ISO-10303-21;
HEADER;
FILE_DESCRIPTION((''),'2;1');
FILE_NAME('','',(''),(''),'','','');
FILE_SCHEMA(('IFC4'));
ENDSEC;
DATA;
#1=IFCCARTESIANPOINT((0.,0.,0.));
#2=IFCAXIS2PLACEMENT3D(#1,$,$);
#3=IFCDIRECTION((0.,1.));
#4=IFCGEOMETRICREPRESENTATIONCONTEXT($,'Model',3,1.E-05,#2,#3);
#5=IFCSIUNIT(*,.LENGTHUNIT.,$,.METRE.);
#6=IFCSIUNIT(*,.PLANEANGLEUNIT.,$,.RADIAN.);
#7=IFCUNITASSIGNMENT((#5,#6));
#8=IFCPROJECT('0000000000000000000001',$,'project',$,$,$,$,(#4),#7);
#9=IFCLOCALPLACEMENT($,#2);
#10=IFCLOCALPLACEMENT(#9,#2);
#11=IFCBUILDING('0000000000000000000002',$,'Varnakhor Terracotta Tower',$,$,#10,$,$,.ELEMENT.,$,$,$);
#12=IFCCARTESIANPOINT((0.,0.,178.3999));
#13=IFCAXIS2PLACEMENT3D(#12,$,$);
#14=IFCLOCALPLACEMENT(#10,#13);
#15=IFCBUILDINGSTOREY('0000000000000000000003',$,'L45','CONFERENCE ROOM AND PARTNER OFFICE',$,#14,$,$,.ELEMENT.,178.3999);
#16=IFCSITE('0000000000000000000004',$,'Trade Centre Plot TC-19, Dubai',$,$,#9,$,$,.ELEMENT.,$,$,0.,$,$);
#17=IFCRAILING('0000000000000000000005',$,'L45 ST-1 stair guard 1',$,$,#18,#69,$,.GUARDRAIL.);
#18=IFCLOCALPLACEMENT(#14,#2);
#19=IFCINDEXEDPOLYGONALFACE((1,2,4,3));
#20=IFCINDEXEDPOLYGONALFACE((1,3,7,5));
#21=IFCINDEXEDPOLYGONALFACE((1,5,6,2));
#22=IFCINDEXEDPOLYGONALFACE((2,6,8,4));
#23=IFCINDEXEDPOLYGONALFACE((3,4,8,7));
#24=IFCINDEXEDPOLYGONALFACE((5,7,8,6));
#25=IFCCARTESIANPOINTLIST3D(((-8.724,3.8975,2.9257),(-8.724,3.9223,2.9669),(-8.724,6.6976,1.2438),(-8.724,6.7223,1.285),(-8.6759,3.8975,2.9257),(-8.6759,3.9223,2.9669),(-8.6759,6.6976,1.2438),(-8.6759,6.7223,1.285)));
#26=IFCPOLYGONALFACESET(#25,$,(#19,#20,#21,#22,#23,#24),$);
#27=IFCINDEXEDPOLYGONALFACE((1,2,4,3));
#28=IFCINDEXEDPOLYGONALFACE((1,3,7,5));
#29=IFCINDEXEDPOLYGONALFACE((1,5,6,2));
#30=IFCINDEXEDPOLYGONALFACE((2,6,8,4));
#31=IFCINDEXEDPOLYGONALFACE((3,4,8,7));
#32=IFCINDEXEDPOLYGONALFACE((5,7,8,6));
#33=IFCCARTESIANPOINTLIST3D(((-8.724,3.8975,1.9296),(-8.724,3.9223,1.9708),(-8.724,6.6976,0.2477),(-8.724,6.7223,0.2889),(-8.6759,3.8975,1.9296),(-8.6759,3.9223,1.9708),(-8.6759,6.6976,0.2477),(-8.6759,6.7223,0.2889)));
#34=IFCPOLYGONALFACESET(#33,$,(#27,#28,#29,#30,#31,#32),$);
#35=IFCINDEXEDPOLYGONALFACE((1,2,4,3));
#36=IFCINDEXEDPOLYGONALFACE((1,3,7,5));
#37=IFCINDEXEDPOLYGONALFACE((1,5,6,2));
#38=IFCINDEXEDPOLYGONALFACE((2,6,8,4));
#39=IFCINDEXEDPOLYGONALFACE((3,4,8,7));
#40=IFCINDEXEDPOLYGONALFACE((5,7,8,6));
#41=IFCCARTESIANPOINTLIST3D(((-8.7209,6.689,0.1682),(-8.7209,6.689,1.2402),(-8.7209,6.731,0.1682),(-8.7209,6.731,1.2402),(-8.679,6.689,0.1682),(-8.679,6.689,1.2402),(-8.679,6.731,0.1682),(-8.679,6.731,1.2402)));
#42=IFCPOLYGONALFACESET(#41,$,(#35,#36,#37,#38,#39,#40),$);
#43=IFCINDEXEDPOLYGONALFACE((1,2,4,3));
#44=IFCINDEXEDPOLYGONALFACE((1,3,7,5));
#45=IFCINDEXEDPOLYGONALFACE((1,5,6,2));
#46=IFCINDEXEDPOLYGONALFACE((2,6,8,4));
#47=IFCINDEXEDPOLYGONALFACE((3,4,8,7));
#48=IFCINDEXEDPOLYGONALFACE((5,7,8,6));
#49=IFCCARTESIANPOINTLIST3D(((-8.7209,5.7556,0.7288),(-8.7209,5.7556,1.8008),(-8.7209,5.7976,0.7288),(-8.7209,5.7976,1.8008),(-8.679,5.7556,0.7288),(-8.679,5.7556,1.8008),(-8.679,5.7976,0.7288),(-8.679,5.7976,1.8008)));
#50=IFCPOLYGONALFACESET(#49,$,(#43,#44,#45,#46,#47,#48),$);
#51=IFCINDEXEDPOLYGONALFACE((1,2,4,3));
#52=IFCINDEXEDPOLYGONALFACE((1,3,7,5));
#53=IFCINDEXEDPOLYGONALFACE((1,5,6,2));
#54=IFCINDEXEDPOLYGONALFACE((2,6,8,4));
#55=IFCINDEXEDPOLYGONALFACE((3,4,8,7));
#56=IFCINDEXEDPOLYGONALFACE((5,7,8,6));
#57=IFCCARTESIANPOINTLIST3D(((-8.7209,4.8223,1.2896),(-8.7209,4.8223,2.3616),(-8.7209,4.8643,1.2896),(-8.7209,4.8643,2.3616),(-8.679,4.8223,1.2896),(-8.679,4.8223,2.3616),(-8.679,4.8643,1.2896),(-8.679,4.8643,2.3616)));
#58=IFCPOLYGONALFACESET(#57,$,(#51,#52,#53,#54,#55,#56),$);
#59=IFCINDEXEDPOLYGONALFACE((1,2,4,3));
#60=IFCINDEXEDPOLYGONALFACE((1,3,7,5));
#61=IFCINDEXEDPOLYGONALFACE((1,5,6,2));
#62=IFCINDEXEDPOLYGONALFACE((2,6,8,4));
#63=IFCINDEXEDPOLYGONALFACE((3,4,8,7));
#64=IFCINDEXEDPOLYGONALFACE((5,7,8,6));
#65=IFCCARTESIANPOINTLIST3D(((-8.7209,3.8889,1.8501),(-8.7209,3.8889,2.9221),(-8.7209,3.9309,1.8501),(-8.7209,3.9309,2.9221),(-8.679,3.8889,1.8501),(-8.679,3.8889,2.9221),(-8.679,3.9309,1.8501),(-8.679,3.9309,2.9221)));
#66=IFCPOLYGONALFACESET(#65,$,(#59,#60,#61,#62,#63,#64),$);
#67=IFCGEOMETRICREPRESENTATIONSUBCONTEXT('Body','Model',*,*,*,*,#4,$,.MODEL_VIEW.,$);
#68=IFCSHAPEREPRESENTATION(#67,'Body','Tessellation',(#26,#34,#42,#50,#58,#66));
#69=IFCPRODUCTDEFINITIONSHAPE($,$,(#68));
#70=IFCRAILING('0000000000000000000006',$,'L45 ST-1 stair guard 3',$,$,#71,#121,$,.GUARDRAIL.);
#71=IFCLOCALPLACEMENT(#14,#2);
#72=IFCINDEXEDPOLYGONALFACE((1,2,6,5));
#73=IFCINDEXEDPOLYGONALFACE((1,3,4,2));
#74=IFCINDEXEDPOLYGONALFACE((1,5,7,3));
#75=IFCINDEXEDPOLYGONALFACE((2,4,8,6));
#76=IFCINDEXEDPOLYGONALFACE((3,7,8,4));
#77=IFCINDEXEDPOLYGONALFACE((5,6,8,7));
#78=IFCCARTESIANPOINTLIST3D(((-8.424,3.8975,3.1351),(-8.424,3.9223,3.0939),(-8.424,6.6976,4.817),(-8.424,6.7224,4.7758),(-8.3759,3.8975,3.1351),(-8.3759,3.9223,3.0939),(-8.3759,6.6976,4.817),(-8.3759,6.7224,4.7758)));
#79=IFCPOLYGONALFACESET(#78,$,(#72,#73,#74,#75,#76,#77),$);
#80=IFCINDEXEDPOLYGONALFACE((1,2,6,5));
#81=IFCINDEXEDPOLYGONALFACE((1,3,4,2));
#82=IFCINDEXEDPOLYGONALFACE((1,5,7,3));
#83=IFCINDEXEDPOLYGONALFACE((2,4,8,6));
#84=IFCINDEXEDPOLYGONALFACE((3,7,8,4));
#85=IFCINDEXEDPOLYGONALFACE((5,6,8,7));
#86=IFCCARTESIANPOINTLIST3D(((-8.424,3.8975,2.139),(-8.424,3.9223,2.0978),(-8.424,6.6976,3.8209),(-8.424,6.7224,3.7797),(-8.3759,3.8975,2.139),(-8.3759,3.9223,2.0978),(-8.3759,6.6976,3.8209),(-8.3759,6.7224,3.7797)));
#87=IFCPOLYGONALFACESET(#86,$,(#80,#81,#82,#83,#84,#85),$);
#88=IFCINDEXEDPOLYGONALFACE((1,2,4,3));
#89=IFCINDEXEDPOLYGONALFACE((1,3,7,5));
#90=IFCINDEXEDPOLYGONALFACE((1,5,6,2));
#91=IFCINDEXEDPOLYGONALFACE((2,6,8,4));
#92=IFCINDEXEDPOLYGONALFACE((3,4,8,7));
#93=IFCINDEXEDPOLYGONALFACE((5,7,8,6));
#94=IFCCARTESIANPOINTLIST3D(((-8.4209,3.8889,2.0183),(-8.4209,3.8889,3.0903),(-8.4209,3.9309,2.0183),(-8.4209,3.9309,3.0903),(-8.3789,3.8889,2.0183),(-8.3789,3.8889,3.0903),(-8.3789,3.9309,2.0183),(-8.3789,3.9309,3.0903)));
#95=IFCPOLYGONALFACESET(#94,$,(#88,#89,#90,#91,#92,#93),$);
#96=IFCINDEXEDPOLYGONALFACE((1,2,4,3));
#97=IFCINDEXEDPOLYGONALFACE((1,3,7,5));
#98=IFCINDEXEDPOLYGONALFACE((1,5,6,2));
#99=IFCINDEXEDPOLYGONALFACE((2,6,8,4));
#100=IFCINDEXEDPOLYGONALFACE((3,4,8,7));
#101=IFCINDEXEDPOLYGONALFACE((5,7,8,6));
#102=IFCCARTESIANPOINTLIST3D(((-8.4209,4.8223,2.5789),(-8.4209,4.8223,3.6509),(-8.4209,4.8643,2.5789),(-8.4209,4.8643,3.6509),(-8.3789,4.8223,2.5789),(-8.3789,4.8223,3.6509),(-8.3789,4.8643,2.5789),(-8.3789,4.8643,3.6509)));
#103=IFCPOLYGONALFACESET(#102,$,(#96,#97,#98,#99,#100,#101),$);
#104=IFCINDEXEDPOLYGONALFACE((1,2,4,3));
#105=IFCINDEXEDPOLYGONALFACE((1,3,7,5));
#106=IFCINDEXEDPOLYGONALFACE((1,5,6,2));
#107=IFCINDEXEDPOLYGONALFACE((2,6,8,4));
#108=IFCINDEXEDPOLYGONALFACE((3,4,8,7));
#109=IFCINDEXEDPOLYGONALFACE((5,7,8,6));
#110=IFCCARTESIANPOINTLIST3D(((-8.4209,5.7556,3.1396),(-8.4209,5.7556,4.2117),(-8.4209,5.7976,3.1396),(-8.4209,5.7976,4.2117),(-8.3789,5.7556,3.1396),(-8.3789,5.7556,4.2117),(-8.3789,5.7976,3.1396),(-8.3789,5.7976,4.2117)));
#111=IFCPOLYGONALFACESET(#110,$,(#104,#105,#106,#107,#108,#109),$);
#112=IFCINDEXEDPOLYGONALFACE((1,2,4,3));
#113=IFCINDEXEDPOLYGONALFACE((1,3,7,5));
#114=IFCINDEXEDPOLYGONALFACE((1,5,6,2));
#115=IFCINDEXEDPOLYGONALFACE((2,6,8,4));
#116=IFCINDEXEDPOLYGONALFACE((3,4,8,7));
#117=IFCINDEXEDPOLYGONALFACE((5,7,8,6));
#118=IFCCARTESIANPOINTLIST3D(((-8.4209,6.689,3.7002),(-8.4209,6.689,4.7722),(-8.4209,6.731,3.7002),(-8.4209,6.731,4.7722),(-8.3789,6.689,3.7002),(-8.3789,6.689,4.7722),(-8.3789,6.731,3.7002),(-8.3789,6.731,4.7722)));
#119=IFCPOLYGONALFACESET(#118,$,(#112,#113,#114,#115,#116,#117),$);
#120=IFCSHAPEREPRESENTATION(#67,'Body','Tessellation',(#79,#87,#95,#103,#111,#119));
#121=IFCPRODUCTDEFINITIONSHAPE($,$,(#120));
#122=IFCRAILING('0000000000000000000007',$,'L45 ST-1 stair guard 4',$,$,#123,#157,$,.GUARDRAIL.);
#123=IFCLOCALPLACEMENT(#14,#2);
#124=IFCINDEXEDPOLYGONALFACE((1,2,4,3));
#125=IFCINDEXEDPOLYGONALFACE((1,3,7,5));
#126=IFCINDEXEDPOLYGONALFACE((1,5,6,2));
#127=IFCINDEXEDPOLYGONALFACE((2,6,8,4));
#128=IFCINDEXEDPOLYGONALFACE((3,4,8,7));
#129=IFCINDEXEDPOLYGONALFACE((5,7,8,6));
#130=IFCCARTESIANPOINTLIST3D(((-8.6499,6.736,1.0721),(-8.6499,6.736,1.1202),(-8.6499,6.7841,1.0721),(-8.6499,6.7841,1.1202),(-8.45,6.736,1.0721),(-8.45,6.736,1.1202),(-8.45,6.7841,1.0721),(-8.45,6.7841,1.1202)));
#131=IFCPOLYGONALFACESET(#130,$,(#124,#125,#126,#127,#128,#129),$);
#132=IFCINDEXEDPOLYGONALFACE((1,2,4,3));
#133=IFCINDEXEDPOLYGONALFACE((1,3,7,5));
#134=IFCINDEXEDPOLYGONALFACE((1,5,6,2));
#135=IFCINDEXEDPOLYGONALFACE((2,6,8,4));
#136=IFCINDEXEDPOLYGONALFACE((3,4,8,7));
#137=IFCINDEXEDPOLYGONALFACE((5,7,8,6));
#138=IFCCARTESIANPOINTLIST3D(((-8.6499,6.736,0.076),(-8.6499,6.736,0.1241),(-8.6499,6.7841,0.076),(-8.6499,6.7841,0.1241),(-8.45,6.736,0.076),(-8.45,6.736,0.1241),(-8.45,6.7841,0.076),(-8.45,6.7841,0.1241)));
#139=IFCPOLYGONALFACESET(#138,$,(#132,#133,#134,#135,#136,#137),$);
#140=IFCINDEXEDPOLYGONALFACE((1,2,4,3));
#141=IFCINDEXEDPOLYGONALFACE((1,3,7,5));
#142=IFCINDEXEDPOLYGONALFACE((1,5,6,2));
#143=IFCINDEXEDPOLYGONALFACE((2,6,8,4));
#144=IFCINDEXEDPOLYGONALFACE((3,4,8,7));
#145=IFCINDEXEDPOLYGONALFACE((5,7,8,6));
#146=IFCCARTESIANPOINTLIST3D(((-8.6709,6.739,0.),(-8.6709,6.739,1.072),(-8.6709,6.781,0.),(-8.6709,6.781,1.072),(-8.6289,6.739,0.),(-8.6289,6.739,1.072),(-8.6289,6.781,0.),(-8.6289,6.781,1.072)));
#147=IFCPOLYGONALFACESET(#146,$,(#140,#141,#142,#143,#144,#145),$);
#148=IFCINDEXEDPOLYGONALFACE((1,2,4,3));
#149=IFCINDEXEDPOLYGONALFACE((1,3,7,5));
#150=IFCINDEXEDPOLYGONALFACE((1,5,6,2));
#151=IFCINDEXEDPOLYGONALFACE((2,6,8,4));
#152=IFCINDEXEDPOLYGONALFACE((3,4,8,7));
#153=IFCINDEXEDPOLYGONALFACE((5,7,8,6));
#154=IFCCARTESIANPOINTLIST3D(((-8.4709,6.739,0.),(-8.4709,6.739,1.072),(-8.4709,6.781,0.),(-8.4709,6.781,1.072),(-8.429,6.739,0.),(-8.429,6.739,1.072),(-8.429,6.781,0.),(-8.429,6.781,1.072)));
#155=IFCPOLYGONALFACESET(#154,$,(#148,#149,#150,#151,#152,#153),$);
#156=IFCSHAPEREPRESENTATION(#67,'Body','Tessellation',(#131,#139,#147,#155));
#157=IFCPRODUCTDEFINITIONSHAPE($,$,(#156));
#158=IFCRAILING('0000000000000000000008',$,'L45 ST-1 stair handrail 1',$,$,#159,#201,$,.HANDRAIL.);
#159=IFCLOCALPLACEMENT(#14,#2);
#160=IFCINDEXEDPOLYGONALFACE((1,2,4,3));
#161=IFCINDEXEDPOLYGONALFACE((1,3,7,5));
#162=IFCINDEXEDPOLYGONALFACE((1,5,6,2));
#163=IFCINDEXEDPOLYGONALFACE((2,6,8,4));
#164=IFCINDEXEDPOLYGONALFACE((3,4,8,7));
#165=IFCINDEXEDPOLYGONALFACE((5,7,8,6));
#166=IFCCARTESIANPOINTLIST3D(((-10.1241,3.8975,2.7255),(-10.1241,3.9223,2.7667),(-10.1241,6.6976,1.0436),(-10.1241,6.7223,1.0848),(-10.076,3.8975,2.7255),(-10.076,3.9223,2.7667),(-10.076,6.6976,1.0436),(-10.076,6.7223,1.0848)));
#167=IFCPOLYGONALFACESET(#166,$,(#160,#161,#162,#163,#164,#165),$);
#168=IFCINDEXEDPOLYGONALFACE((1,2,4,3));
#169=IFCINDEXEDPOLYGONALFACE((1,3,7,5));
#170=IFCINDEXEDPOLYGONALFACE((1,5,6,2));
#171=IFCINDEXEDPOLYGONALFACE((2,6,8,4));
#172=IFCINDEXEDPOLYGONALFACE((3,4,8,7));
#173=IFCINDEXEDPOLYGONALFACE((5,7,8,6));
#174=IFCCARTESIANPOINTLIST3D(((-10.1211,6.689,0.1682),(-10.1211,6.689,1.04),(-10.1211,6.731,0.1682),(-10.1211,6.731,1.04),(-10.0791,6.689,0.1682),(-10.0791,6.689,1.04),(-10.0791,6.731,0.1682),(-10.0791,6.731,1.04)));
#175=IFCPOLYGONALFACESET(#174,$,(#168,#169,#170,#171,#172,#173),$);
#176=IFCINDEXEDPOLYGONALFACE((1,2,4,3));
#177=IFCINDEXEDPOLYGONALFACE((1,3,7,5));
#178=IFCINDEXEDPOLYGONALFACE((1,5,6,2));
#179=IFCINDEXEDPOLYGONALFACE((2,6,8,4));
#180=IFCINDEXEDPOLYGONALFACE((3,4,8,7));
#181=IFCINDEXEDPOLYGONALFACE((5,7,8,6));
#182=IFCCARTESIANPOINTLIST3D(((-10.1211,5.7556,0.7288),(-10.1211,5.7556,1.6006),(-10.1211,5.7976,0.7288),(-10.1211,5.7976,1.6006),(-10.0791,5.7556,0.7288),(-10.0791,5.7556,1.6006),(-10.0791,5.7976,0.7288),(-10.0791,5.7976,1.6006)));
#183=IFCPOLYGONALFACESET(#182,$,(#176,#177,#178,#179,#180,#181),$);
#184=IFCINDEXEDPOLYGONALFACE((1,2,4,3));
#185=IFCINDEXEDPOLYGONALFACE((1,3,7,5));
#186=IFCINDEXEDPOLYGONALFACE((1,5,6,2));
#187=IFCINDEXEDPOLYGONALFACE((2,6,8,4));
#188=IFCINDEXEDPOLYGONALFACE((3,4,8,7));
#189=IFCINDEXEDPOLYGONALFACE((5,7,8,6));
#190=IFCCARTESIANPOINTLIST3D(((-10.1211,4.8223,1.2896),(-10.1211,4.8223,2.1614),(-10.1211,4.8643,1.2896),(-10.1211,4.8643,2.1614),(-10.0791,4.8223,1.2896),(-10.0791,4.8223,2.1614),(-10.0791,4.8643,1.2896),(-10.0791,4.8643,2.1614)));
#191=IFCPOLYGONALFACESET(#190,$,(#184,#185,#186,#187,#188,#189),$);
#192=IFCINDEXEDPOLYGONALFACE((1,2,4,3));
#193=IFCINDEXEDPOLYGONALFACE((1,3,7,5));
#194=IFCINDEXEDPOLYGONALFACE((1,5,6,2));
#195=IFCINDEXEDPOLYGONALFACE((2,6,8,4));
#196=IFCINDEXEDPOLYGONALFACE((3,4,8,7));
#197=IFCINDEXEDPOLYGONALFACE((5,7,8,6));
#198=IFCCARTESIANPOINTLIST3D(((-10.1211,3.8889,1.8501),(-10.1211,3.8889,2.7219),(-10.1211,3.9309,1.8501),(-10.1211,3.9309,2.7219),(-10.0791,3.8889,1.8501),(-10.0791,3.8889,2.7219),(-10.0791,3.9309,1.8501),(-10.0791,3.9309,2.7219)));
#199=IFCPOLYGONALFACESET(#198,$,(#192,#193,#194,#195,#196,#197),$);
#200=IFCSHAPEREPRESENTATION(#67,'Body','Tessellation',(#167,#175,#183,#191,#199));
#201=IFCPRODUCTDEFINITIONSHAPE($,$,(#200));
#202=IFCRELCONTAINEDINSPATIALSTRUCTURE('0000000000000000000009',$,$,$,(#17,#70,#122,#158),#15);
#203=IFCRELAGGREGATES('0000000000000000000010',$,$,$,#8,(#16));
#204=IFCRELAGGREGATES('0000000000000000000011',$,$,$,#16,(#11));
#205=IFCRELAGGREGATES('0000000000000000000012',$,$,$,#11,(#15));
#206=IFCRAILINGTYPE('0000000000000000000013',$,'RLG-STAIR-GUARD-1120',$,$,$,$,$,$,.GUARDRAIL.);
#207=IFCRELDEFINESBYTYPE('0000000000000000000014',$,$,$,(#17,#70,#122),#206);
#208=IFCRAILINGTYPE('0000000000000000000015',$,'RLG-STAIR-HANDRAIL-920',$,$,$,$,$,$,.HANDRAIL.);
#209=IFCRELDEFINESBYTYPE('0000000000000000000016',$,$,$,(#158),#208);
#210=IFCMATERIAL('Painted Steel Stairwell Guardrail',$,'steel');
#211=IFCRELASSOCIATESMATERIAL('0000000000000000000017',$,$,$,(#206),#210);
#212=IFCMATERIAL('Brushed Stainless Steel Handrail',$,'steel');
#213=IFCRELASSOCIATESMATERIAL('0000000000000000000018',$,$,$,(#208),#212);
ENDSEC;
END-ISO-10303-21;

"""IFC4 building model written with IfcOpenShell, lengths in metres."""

from ifc_helpers import new_model, si_unit, direction, frame, origin, origin_2d, place, context, subcontext, project, spatial, rectangle, extrude, material, type_object, element, save


model = new_model("IFC4")

# Units and contexts
model_context = context("Model", 3, precision=1e-05, world=origin(), true_north=direction((0.0, 1.0)))
body_context = subcontext(model_context, "Body", "Model", "MODEL_VIEW")
ifc_project = project(units=[si_unit("LENGTHUNIT", "METRE"), si_unit("PLANEANGLEUNIT", "RADIAN")], contexts=[model_context])

# Site, building, storey
site_placement = place(None, origin())
site = spatial("IfcSite", under=ifc_project, at=site_placement, Name="Trade Centre Plot TC-19, Dubai", CompositionType="ELEMENT", RefElevation=0.0)
building_placement = place(site_placement, origin())
building = spatial("IfcBuilding", under=site, at=building_placement, Name="Varnakhor Terracotta Tower", CompositionType="ELEMENT")
storey_placement = place(building_placement, frame((0.0, 0.0, 178.3999)))
storey = spatial("IfcBuildingStorey", under=building, at=storey_placement, Name="L45", Description="CONFERENCE ROOM AND PARTNER OFFICE", CompositionType="ELEMENT", Elevation=178.3999)

# Railings
ifc_material_1 = material(Name="Painted Steel Stairwell Guardrail", Category="steel")
railing_type_1 = type_object("IfcRailingType", Name="RLG-STAIR-GUARD-1120", PredefinedType="GUARDRAIL", material=ifc_material_1)
railing_1_placement = place(storey_placement, frame((-8.7, 6.71, 0.1682)))
element("IfcRailing", 1, at=railing_1_placement, inside=storey, type_object=railing_type_1, Name="L45 ST-1 stair guard 1", PredefinedType="GUARDRAIL", context=body_context, shape_type="SweptSolid", body=[
    extrude(rectangle(XDim=0.0481, YDim=0.0481, at=origin_2d()), frame((0.0, 0.0, 1.0962), z_axis=(0.0, -0.857242, 0.514913), x_axis=(1.0, 0.0, 0.0)), (0.0, 0.0, 1.0), 3.2664),
    extrude(rectangle(XDim=0.0481, YDim=0.0481, at=origin_2d()), frame((0.0, 0.0, 0.1001), z_axis=(0.0, -0.857242, 0.514913), x_axis=(1.0, 0.0, 0.0)), (0.0, 0.0, 1.0), 3.2664),
    extrude(rectangle(XDim=0.042, YDim=0.042, at=origin_2d()), origin(), (0.0, 0.0, 1.0), 1.072),
    extrude(rectangle(XDim=0.042, YDim=0.042, at=origin_2d()), frame((0.0, -0.9333, 0.5605)), (0.0, 0.0, 1.0), 1.072),
    extrude(rectangle(XDim=0.042, YDim=0.042, at=origin_2d()), frame((0.0, -1.8667, 1.1213)), (0.0, 0.0, 1.0), 1.072),
    extrude(rectangle(XDim=0.042, YDim=0.042, at=origin_2d()), frame((0.0, -2.8, 1.6819)), (0.0, 0.0, 1.0), 1.072),
])
railing_2_placement = place(storey_placement, frame((-8.3999, 3.9099, 2.0183)))
element("IfcRailing", 2, at=railing_2_placement, inside=storey, type_object=railing_type_1, Name="L45 ST-1 stair guard 3", PredefinedType="GUARDRAIL", context=body_context, shape_type="SweptSolid", body=[
    extrude(rectangle(XDim=0.0481, YDim=0.0481, at=origin_2d()), frame((0.0, 0.0, 1.0962), z_axis=(0.0, 0.857242, 0.514913), x_axis=(-1.0, 0.0, 0.0)), (0.0, 0.0, 1.0), 3.2664),
    extrude(rectangle(XDim=0.0481, YDim=0.0481, at=origin_2d()), frame((0.0, 0.0, 0.1001), z_axis=(0.0, 0.857242, 0.514913), x_axis=(-1.0, 0.0, 0.0)), (0.0, 0.0, 1.0), 3.2664),
    extrude(rectangle(XDim=0.042, YDim=0.042, at=origin_2d()), origin(), (0.0, 0.0, 1.0), 1.072),
    extrude(rectangle(XDim=0.042, YDim=0.042, at=origin_2d()), frame((0.0, 0.9333, 0.5605)), (0.0, 0.0, 1.0), 1.072),
    extrude(rectangle(XDim=0.042, YDim=0.042, at=origin_2d()), frame((0.0, 1.8667, 1.1213)), (0.0, 0.0, 1.0), 1.072),
    extrude(rectangle(XDim=0.042, YDim=0.042, at=origin_2d()), frame((0.0, 2.8, 1.6819)), (0.0, 0.0, 1.0), 1.072),
])
railing_3_placement = place(storey_placement, frame((-8.6499, 6.76, 0.0)))
element("IfcRailing", 3, at=railing_3_placement, inside=storey, type_object=railing_type_1, Name="L45 ST-1 stair guard 4", PredefinedType="GUARDRAIL", context=body_context, shape_type="SweptSolid", body=[
    extrude(rectangle(XDim=0.0481, YDim=0.0481, at=origin_2d()), frame((0.0, 0.0, 1.0962), z_axis=(1.0, 0.0, 0.0), x_axis=(0.0, 1.0, 0.0)), (0.0, 0.0, 1.0), 0.2),
    extrude(rectangle(XDim=0.0481, YDim=0.0481, at=origin_2d()), frame((0.0, 0.0, 0.1001), z_axis=(1.0, 0.0, 0.0), x_axis=(0.0, 1.0, 0.0)), (0.0, 0.0, 1.0), 0.2),
    extrude(rectangle(XDim=0.042, YDim=0.042, at=origin_2d()), origin(), (0.0, 0.0, 1.0), 1.072),
    extrude(rectangle(XDim=0.042, YDim=0.042, at=origin_2d()), frame((0.2, 0.0, 0.0)), (0.0, 0.0, 1.0), 1.072),
])
ifc_material_2 = material(Name="Brushed Stainless Steel Handrail", Category="steel")
railing_type_2 = type_object("IfcRailingType", Name="RLG-STAIR-HANDRAIL-920", PredefinedType="HANDRAIL", material=ifc_material_2)
railing_4_placement = place(storey_placement, frame((-10.1001, 6.71, 0.1682)))
element("IfcRailing", 4, at=railing_4_placement, inside=storey, type_object=railing_type_2, Name="L45 ST-1 stair handrail 1", PredefinedType="HANDRAIL", context=body_context, shape_type="SweptSolid", body=[
    extrude(rectangle(XDim=0.0481, YDim=0.0481, at=origin_2d()), frame((0.0, 0.0, 0.896), z_axis=(0.0, -0.857242, 0.514913), x_axis=(1.0, 0.0, 0.0)), (0.0, 0.0, 1.0), 3.2664),
    extrude(rectangle(XDim=0.042, YDim=0.042, at=origin_2d()), origin(), (0.0, 0.0, 1.0), 0.8718),
    extrude(rectangle(XDim=0.042, YDim=0.042, at=origin_2d()), frame((0.0, -0.9333, 0.5605)), (0.0, 0.0, 1.0), 0.8718),
    extrude(rectangle(XDim=0.042, YDim=0.042, at=origin_2d()), frame((0.0, -1.8667, 1.1213)), (0.0, 0.0, 1.0), 0.8718),
    extrude(rectangle(XDim=0.042, YDim=0.042, at=origin_2d()), frame((0.0, -2.8, 1.6819)), (0.0, 0.0, 1.0), 0.8718),
])

save(model, "model.ifc")
